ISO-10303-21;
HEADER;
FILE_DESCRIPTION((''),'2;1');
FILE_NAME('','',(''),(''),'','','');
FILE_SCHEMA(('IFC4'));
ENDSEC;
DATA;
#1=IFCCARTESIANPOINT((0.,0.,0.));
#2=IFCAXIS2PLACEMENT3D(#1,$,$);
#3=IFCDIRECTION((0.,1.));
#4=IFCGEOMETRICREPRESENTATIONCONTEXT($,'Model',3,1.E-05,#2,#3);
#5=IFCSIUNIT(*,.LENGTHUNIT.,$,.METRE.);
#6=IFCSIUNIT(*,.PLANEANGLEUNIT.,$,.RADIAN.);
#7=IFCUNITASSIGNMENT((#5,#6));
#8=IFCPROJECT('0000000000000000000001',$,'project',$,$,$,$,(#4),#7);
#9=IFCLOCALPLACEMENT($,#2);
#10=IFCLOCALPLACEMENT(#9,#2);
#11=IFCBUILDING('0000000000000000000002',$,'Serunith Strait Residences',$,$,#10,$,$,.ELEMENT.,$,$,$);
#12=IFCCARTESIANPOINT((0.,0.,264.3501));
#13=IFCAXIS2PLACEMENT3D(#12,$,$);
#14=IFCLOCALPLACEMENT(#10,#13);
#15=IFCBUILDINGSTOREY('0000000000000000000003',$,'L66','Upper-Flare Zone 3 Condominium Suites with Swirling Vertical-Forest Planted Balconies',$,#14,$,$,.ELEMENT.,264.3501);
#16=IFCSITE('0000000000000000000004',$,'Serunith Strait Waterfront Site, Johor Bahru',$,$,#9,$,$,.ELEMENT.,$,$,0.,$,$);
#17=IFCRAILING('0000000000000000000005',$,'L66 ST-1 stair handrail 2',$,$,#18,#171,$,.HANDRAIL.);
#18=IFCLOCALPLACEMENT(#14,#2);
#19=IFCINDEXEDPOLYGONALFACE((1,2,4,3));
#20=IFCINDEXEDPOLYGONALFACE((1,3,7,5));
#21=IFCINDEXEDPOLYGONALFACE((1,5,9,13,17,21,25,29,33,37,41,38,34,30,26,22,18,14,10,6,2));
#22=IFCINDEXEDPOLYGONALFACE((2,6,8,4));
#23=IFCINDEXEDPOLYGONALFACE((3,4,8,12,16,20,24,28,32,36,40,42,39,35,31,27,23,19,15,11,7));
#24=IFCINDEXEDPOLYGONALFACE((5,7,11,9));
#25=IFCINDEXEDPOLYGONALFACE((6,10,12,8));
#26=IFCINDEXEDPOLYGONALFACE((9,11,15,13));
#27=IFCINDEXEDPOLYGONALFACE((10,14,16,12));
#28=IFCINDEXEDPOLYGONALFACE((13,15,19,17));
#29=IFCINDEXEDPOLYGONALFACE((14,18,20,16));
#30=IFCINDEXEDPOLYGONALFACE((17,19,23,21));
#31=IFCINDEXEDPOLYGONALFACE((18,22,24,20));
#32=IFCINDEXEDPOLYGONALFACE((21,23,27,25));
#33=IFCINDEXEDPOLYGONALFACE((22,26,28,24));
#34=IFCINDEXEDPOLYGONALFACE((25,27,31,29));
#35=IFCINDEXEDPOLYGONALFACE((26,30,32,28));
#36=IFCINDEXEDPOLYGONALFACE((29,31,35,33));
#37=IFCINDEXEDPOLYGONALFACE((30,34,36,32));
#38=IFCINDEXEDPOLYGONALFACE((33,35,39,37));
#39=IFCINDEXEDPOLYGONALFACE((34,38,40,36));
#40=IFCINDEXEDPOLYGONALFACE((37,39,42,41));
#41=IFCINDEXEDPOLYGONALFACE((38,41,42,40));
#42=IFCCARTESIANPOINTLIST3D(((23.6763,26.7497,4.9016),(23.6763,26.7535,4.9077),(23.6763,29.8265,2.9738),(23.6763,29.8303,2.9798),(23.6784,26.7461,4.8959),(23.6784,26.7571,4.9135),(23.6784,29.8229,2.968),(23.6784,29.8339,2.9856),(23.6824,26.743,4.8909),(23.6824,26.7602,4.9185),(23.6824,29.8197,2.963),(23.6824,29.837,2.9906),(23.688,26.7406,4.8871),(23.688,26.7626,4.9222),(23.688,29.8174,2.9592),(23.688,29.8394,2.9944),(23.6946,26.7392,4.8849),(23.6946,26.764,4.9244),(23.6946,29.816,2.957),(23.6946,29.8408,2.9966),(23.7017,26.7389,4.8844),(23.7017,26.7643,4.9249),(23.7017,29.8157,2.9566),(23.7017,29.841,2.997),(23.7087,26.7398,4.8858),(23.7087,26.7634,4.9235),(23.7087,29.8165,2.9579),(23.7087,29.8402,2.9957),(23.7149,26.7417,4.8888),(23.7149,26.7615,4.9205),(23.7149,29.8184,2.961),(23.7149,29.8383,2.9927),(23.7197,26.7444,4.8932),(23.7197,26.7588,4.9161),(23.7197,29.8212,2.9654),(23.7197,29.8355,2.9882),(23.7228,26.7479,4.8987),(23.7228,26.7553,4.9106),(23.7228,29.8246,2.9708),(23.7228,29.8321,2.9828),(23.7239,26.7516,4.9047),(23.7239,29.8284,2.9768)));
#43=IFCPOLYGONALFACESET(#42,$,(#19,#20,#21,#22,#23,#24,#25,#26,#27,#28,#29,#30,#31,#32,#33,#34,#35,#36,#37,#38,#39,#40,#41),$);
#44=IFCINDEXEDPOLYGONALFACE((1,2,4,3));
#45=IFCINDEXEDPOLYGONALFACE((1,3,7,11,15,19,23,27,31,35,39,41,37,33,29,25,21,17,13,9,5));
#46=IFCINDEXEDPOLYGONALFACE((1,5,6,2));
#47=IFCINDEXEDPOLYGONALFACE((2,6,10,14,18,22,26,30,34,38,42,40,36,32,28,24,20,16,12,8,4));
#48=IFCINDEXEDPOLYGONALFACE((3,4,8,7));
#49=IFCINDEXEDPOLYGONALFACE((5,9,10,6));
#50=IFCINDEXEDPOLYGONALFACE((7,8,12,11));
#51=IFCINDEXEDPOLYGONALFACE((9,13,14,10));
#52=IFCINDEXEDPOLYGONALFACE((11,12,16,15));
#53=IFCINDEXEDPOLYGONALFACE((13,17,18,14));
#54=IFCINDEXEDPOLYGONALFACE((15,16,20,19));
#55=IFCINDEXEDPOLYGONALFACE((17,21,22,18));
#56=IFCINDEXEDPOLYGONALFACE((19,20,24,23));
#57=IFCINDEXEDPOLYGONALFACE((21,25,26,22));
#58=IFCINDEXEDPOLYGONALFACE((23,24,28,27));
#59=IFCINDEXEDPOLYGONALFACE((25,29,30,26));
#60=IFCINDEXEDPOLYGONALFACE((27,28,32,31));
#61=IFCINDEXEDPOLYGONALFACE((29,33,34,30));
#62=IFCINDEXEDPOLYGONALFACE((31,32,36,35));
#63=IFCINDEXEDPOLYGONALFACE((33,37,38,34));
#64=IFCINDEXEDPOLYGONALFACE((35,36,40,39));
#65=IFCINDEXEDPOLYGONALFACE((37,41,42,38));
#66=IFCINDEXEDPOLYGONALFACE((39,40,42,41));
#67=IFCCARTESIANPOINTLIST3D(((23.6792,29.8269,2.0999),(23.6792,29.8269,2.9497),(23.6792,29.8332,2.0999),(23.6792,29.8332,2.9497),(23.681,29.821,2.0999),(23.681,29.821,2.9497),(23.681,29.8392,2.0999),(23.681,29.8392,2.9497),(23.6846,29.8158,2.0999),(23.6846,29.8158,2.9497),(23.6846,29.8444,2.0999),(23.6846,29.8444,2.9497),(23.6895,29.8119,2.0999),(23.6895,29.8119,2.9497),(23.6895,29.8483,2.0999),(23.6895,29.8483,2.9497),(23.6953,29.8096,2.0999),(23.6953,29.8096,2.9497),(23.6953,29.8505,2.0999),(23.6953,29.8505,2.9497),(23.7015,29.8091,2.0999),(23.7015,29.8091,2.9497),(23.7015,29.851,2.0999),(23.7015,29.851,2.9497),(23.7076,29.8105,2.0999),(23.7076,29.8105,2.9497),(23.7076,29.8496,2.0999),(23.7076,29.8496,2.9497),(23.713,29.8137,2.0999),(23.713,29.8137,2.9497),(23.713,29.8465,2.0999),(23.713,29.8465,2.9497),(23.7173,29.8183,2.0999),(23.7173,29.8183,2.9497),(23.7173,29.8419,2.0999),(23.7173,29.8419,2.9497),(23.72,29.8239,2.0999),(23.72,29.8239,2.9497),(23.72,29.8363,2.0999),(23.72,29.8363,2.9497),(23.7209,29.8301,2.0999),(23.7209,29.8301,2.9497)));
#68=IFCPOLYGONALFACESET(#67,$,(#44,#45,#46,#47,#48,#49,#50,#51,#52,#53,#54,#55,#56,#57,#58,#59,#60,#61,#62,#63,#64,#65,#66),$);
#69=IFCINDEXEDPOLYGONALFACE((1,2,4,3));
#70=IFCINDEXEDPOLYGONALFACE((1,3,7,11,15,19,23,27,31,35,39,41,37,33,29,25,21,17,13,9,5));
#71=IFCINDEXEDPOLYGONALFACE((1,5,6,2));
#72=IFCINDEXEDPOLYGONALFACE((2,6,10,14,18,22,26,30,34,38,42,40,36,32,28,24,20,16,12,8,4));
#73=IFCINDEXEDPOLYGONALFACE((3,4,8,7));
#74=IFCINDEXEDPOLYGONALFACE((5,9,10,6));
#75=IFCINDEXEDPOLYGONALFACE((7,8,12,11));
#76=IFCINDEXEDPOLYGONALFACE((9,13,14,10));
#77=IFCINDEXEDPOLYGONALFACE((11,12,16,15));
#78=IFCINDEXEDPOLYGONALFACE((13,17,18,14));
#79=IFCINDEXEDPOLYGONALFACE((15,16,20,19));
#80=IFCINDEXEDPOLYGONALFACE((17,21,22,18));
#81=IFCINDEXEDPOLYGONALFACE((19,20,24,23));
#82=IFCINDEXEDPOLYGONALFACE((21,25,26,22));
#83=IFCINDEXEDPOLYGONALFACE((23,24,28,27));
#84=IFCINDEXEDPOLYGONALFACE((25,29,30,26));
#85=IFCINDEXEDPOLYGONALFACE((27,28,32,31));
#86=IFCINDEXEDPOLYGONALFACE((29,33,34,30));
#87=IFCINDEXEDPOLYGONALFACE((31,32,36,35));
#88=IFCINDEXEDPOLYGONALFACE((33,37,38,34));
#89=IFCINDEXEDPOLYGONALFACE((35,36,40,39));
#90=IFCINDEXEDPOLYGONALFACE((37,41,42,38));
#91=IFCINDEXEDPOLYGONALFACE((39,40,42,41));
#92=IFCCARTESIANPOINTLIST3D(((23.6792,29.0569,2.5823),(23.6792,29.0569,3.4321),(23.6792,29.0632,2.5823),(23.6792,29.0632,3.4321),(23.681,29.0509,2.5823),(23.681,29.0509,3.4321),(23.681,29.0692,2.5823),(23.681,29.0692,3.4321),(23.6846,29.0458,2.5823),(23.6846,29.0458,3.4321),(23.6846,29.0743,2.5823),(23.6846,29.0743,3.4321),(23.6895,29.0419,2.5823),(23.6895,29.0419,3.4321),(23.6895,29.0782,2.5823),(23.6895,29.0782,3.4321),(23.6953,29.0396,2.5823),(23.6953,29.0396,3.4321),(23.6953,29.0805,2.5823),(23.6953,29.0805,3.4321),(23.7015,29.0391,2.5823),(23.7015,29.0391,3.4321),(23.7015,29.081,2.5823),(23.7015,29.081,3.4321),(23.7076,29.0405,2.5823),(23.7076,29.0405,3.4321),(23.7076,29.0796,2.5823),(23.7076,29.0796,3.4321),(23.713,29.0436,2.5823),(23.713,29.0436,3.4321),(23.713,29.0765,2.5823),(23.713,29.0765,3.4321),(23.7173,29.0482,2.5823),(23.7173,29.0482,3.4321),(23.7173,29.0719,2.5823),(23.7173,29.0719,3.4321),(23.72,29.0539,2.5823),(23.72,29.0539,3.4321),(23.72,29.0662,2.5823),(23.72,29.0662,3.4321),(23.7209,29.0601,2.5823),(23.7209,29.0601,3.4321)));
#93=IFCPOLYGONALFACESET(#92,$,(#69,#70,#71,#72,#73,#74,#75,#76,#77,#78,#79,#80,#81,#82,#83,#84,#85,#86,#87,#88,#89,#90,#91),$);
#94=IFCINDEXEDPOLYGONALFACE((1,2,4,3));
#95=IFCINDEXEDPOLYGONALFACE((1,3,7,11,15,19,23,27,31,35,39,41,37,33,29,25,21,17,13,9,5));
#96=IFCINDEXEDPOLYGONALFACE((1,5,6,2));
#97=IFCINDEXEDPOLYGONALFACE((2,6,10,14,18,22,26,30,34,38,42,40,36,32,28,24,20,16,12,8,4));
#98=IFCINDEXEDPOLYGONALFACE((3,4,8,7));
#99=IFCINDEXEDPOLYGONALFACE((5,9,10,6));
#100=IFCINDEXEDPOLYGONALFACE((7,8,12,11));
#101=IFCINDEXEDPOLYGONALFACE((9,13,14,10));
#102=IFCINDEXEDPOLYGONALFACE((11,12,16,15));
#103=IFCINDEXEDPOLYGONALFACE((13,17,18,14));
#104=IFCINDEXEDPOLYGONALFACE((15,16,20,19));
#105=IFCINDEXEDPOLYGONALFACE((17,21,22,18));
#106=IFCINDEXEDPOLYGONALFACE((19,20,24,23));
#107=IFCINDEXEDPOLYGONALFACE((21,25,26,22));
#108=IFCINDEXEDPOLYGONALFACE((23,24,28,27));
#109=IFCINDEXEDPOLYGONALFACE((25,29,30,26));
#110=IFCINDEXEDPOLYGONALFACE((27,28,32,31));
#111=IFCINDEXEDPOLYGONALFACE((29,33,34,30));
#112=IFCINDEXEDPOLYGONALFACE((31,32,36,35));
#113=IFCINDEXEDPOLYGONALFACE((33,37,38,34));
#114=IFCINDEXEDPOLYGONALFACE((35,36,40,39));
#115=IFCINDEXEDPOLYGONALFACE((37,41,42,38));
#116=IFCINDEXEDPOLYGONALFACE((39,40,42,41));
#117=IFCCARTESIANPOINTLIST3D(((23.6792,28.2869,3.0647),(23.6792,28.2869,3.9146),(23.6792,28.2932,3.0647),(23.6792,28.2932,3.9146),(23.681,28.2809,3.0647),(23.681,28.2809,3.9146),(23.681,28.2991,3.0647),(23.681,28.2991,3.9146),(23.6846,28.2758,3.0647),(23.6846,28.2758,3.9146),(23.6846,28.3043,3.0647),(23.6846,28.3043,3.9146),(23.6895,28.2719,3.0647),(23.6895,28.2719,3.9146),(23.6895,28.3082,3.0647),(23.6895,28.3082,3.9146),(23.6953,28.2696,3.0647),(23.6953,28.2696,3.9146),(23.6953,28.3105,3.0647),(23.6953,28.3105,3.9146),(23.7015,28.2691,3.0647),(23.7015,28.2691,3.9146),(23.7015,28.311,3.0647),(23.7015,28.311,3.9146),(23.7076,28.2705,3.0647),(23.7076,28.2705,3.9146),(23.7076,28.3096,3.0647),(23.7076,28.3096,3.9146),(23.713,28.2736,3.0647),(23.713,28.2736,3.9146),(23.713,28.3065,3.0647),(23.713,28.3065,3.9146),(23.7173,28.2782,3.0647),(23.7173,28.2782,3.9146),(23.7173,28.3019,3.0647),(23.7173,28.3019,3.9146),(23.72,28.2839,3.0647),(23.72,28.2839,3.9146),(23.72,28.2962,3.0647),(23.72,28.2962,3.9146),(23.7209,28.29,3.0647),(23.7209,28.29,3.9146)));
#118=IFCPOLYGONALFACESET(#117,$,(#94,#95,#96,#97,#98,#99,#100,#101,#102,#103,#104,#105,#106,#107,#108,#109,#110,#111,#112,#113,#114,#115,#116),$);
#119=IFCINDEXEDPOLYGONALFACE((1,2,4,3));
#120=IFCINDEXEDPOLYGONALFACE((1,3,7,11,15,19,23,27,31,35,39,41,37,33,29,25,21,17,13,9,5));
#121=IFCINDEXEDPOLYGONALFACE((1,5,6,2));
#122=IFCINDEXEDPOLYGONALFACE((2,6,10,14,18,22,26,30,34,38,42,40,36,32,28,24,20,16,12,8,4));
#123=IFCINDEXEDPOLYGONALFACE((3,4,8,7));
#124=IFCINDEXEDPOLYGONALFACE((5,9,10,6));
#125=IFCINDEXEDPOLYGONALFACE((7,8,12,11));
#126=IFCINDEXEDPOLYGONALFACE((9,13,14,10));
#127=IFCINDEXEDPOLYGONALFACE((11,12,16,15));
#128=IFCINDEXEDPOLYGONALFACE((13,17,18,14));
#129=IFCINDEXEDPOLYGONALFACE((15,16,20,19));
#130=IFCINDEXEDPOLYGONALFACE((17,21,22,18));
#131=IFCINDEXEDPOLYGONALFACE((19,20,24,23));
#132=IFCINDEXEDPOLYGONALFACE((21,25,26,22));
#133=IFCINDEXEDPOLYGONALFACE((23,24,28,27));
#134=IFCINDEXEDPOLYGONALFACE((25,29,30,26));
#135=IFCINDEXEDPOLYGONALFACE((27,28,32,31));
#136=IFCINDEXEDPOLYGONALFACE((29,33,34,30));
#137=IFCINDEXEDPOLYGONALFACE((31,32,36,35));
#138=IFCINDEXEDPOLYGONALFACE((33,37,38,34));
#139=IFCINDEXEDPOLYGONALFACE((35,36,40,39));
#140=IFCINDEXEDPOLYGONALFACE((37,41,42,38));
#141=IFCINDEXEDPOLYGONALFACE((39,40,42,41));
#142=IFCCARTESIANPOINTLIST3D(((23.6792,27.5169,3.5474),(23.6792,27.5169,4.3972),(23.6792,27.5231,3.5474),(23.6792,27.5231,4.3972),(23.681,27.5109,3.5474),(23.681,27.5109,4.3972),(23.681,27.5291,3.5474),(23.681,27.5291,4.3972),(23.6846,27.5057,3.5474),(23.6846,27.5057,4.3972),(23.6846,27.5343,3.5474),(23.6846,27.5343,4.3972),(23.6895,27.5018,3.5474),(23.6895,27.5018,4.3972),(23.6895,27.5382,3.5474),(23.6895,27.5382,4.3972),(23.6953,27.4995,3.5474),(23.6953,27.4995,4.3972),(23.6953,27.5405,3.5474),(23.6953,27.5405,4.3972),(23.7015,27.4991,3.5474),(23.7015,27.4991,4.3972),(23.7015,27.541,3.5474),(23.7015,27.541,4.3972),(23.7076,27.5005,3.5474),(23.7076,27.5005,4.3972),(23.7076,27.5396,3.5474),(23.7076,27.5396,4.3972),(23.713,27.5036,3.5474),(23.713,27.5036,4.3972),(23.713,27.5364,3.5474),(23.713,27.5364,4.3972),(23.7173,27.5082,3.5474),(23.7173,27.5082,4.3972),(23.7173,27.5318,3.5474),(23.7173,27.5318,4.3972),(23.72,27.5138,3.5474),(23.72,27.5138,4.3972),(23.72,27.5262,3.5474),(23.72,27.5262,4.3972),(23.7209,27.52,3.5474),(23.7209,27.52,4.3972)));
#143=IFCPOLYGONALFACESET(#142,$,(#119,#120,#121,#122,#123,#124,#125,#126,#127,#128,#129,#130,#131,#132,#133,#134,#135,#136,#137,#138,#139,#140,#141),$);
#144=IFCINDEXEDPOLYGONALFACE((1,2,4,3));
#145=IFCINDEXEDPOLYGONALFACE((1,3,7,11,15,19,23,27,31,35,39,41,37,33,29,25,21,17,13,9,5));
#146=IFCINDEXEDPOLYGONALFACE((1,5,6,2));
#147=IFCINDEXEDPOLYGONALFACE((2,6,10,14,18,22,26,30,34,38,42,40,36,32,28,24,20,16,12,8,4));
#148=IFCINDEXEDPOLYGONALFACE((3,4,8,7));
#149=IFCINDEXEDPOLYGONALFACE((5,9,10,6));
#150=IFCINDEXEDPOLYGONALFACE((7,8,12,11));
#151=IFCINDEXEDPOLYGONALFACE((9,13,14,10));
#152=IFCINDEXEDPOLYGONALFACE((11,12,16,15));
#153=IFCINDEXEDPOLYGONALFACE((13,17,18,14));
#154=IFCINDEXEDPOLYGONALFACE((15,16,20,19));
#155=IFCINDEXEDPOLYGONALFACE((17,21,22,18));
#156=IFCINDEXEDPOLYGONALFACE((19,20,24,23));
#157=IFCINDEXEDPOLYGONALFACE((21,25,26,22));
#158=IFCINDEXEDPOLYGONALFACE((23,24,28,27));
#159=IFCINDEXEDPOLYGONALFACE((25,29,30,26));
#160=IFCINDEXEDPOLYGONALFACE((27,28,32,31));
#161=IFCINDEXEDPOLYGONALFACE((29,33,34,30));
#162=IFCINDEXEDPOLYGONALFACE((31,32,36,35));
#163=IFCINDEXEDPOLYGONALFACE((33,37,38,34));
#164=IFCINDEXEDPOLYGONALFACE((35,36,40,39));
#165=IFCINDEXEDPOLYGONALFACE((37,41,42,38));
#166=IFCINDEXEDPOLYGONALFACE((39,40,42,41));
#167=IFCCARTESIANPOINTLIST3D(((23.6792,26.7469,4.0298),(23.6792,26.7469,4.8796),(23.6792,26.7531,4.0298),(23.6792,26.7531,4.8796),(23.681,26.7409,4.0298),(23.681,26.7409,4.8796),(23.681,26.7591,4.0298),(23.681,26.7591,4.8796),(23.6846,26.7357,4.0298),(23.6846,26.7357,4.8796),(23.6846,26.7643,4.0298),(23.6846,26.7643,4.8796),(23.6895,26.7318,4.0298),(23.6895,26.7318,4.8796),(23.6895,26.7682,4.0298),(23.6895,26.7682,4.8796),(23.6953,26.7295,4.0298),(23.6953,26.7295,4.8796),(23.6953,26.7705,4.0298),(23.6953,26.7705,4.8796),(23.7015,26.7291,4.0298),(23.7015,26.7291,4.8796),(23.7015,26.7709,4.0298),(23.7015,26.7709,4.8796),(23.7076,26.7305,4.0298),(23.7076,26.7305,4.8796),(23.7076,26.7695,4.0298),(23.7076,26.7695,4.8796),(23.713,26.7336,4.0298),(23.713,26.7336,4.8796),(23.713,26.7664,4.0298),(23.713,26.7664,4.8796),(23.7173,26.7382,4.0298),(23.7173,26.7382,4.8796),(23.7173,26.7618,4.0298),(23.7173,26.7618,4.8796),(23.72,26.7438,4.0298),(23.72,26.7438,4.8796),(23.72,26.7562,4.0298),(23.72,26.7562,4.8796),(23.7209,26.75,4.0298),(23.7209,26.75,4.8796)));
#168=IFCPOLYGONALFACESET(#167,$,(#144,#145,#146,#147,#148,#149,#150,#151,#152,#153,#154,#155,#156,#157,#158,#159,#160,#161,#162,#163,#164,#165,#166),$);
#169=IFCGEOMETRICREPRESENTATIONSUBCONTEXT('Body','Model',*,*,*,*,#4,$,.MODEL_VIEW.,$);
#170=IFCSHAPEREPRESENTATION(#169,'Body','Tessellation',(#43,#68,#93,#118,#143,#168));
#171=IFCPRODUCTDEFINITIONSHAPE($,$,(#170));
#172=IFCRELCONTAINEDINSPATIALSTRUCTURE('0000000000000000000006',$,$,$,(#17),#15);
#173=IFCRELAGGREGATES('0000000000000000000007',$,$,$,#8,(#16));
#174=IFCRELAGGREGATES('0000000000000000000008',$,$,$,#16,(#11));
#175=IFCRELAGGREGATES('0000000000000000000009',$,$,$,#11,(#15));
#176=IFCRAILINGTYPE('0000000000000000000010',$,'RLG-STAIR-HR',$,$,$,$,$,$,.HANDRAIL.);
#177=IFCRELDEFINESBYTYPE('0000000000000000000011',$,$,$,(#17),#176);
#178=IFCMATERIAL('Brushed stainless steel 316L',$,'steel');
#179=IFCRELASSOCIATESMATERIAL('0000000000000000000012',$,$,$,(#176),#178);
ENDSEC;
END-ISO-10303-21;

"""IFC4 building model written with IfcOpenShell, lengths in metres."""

from ifc_helpers import new_model, si_unit, direction, frame, origin, origin_2d, place, context, subcontext, project, spatial, circle, extrude, material, type_object, element, save


model = new_model("IFC4")

# Units and contexts
model_context = context("Model", 3, precision=1e-05, world=origin(), true_north=direction((0.0, 1.0)))
body_context = subcontext(model_context, "Body", "Model", "MODEL_VIEW")
ifc_project = project(units=[si_unit("LENGTHUNIT", "METRE"), si_unit("PLANEANGLEUNIT", "RADIAN")], contexts=[model_context])

# Site, building, storey
site_placement = place(None, origin())
site = spatial("IfcSite", under=ifc_project, at=site_placement, Name="Serunith Strait Waterfront Site, Johor Bahru", CompositionType="ELEMENT", RefElevation=0.0)
building_placement = place(site_placement, origin())
building = spatial("IfcBuilding", under=site, at=building_placement, Name="Serunith Strait Residences", CompositionType="ELEMENT")
storey_placement = place(building_placement, frame((0.0, 0.0, 264.3501)))
storey = spatial("IfcBuildingStorey", under=building, at=storey_placement, Name="L66", Description="Upper-Flare Zone 3 Condominium Suites with Swirling Vertical-Forest Planted Balconies", CompositionType="ELEMENT", Elevation=264.3501)

# Railing
ifc_material_1 = material(Name="Brushed stainless steel 316L", Category="steel")
railing_type_1 = type_object("IfcRailingType", Name="RLG-STAIR-HR", PredefinedType="HANDRAIL", material=ifc_material_1)
railing_1_placement = place(storey_placement, frame((23.7, 29.8301, 2.0999)))
element("IfcRailing", 1, at=railing_1_placement, inside=storey, type_object=railing_type_1, Name="L66 ST-1 stair handrail 2", PredefinedType="HANDRAIL", context=body_context, shape_type="SweptSolid", body=[
    extrude(circle(Radius=0.0239, at=origin_2d()), frame((0.0, -0.0017, 0.877), z_axis=(0.0, -0.847394, 0.530965), x_axis=(1.0, 0.0, 0.0)), (0.0, 0.0, 1.0), 3.6309),
    extrude(circle(Radius=0.021, at=origin_2d()), origin(), (0.0, 0.0, 1.0), 0.8499),
    extrude(circle(Radius=0.021, at=origin_2d()), frame((0.0, -0.77, 0.4824)), (0.0, 0.0, 1.0), 0.8499),
    extrude(circle(Radius=0.021, at=origin_2d()), frame((0.0, -1.54, 0.9648)), (0.0, 0.0, 1.0), 0.8499),
    extrude(circle(Radius=0.021, at=origin_2d()), frame((0.0, -2.3101, 1.4475)), (0.0, 0.0, 1.0), 0.8499),
    extrude(circle(Radius=0.021, at=origin_2d()), frame((0.0, -3.0801, 1.9299)), (0.0, 0.0, 1.0), 0.8499),
])

save(model, "model.ifc")
